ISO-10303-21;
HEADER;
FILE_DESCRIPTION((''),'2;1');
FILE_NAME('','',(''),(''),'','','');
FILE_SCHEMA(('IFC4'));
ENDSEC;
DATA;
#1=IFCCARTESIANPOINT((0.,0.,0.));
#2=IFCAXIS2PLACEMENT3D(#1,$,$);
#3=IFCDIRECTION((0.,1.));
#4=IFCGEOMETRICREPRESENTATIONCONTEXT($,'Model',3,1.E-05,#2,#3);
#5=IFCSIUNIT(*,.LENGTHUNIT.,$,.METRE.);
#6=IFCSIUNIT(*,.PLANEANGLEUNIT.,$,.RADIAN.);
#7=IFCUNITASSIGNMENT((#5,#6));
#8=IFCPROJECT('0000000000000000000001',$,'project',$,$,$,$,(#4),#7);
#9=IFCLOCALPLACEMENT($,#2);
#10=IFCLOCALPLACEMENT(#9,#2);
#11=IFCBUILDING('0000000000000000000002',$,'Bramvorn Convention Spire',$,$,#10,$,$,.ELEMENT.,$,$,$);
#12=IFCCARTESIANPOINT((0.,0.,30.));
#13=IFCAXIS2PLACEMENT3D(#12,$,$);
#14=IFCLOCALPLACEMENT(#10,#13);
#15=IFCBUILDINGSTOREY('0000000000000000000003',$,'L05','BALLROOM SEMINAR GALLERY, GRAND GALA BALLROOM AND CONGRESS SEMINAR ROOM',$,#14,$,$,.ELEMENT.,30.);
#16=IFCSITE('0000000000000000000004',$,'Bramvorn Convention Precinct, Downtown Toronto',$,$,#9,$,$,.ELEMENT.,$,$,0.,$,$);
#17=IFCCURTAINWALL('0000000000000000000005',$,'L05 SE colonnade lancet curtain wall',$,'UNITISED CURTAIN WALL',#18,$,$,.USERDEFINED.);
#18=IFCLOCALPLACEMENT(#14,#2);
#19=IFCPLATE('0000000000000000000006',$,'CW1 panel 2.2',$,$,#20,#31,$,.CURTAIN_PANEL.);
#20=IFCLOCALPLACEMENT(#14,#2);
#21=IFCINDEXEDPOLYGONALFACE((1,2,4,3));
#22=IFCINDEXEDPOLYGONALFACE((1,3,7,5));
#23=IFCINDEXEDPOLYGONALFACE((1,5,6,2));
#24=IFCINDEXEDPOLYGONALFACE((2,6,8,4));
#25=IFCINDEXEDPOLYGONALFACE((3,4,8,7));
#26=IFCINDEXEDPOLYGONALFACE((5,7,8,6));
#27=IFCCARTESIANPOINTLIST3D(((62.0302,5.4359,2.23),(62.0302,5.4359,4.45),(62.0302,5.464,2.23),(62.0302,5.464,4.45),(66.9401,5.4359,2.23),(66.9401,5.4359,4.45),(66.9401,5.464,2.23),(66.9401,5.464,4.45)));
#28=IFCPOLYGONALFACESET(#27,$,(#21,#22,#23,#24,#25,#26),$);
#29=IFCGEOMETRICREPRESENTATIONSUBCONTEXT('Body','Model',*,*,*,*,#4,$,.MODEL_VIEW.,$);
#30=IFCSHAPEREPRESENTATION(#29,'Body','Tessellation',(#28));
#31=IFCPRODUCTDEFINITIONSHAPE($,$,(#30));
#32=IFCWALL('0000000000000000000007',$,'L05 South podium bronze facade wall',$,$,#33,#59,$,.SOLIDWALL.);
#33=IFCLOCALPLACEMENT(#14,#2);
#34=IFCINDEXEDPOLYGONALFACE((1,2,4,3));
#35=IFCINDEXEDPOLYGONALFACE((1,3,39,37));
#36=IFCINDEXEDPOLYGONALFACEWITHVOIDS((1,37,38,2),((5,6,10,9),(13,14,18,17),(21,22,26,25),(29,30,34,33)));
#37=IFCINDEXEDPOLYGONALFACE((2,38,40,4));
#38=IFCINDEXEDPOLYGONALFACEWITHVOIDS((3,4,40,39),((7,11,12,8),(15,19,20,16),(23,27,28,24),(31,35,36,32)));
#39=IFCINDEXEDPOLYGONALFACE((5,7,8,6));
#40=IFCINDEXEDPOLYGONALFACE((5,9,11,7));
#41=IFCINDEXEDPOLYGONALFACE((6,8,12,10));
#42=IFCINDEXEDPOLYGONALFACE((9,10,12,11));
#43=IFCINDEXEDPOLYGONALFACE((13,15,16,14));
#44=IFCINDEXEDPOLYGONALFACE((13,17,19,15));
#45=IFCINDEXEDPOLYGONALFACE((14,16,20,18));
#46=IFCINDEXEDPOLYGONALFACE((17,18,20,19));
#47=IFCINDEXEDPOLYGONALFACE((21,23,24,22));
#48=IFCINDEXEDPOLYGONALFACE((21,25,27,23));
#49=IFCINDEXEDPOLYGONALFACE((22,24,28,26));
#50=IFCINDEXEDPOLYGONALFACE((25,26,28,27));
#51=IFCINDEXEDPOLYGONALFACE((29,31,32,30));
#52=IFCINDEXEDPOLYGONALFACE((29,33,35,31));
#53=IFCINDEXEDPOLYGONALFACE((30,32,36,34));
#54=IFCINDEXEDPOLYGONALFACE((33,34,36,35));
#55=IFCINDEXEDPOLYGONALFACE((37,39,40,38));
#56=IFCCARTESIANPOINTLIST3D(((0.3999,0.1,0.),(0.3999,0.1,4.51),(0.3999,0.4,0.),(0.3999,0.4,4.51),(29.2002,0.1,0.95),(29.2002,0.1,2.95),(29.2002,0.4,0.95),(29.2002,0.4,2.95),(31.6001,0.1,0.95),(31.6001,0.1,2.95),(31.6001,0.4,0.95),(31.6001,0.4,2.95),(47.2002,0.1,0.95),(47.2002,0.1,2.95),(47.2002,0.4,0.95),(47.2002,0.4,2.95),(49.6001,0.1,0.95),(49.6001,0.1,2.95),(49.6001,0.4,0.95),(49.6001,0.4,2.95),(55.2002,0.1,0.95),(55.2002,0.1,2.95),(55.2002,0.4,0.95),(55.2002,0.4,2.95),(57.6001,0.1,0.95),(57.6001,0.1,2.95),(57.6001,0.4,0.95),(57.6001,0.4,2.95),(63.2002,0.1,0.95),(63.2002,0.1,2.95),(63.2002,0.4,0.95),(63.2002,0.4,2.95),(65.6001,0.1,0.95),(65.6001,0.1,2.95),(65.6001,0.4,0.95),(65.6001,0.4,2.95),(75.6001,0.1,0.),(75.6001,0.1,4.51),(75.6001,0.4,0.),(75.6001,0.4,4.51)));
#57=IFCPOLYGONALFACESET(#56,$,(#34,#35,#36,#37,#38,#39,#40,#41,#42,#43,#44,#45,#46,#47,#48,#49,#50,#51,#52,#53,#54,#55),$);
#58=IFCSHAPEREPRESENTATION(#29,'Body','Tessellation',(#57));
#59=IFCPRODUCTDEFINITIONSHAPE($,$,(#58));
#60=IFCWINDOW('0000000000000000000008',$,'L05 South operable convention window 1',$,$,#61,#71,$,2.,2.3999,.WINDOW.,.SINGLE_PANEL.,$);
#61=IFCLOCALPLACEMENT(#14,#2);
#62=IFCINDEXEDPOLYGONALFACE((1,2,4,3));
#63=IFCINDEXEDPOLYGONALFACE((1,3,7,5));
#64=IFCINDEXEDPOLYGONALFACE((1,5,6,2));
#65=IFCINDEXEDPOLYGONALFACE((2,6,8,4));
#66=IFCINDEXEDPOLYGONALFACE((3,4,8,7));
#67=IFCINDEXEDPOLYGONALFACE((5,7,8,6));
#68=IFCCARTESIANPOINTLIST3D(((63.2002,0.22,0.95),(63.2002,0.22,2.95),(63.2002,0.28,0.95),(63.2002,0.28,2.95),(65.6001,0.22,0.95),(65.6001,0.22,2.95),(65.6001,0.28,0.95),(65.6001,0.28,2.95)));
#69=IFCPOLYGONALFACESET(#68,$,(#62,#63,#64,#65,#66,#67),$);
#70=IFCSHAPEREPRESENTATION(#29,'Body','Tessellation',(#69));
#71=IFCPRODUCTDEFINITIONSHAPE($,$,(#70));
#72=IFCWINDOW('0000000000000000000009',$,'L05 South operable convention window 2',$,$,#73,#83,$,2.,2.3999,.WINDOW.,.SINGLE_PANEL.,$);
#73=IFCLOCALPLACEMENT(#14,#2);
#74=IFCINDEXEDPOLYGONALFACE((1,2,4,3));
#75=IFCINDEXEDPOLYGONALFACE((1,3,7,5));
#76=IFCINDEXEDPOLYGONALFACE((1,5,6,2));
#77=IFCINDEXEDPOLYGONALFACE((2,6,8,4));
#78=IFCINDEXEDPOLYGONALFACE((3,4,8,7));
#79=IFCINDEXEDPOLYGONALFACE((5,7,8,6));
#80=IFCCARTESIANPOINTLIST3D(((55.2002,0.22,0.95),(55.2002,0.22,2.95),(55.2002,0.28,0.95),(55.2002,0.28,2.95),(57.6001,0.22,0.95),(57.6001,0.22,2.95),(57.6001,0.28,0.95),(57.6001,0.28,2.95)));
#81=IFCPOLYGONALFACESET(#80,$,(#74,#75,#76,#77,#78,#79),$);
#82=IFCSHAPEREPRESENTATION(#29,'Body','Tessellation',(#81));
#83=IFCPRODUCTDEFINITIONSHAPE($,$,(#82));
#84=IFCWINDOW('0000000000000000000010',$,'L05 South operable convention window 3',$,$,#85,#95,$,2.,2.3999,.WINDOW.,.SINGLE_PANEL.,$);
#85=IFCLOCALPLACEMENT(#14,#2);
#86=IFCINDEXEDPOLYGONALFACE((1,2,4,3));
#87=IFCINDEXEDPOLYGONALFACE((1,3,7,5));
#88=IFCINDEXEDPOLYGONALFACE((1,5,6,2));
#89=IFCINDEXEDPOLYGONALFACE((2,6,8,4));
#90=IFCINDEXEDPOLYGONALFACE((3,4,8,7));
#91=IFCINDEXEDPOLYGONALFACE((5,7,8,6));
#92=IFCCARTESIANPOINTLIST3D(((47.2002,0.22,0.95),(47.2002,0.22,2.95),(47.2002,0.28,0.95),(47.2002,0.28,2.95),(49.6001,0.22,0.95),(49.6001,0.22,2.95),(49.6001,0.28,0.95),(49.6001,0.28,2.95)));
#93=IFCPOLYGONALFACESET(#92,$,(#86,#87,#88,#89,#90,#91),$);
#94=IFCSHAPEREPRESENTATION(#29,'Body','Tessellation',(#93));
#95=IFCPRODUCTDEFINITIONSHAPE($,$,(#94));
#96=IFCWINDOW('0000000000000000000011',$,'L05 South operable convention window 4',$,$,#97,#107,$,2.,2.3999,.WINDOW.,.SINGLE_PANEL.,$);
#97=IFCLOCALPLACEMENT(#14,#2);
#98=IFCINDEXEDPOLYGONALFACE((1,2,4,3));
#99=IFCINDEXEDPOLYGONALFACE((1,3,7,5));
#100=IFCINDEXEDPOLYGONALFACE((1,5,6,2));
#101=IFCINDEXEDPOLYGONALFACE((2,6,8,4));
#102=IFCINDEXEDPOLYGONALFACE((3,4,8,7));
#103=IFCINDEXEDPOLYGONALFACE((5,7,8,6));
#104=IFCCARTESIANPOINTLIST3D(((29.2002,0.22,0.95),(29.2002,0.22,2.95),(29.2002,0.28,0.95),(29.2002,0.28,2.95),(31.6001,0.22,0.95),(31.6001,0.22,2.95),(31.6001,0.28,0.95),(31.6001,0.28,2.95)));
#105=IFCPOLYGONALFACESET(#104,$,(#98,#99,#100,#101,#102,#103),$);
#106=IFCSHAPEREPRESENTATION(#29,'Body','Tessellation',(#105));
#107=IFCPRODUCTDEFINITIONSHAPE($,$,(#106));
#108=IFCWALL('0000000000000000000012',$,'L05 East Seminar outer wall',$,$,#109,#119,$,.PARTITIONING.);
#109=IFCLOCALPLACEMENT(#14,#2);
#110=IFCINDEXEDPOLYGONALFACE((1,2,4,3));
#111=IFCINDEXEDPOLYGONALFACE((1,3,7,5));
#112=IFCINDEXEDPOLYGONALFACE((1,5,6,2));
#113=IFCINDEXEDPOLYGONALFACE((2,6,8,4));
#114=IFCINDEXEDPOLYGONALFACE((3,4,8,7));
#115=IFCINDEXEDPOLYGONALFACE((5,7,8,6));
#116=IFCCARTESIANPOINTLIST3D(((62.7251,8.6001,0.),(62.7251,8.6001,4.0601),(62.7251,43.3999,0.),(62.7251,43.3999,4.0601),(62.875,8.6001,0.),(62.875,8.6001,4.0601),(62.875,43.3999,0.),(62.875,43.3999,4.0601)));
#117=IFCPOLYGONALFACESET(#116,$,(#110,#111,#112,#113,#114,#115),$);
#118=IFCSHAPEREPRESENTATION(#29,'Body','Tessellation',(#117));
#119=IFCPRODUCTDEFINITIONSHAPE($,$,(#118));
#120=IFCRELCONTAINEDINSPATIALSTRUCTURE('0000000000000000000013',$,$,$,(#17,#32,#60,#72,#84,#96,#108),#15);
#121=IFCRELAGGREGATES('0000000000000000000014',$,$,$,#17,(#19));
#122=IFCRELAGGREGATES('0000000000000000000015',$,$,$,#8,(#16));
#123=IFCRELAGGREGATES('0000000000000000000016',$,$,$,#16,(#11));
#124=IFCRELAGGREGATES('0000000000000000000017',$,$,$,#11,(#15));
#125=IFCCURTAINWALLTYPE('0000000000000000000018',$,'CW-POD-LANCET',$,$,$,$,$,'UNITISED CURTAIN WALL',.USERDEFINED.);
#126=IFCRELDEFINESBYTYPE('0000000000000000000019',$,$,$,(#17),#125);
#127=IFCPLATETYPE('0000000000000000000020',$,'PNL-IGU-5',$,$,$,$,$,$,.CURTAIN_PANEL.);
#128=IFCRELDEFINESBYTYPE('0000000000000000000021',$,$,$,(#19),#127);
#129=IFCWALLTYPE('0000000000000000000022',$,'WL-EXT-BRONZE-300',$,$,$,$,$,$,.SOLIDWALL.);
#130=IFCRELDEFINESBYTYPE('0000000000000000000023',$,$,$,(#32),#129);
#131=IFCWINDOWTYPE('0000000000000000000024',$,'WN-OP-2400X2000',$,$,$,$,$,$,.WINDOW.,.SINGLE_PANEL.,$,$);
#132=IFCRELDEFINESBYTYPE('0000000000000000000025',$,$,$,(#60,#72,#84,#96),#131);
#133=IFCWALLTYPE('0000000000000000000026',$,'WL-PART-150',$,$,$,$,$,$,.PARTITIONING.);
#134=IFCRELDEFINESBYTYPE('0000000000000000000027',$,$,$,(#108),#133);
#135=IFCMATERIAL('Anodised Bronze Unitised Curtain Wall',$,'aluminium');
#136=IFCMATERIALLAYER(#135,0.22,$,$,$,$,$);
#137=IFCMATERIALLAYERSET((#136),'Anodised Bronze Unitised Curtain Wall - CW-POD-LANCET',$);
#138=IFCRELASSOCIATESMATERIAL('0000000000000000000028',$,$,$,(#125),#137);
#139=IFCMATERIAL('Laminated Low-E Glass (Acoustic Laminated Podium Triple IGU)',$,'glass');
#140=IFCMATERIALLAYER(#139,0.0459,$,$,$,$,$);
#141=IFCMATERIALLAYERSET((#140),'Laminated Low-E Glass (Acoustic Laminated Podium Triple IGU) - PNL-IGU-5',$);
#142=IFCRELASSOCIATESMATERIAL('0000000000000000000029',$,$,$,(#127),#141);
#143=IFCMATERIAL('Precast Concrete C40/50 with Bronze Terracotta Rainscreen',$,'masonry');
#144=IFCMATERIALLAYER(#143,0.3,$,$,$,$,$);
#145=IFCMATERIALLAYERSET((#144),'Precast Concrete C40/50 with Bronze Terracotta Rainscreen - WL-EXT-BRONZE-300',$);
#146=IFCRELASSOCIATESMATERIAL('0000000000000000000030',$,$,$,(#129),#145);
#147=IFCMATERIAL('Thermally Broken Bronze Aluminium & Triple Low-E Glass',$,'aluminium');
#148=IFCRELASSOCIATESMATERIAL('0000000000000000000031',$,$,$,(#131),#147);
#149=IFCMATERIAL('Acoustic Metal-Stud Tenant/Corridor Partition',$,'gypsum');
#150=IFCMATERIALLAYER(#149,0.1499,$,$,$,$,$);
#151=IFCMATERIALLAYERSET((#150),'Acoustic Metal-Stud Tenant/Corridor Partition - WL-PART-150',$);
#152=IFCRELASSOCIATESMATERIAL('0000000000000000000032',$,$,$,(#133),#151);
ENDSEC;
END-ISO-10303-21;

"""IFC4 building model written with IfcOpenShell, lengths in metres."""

from ifc_helpers import new_model, si_unit, direction, frame, frame_2d, origin, origin_2d, place, context, subcontext, project, spatial, rectangle, extrude, material, layer, layer_set, type_object, element, fill, aggregate, save


model = new_model("IFC4")

# Units and contexts
model_context = context("Model", 3, precision=1e-05, world=origin(), true_north=direction((0.0, 1.0)))
body_context = subcontext(model_context, "Body", "Model", "MODEL_VIEW")
ifc_project = project(units=[si_unit("LENGTHUNIT", "METRE"), si_unit("PLANEANGLEUNIT", "RADIAN")], contexts=[model_context])

# Site, building, storey
site_placement = place(None, origin())
site = spatial("IfcSite", under=ifc_project, at=site_placement, Name="Bramvorn Convention Precinct, Downtown Toronto", CompositionType="ELEMENT", RefElevation=0.0)
building_placement = place(site_placement, origin())
building = spatial("IfcBuilding", under=site, at=building_placement, Name="Bramvorn Convention Spire", CompositionType="ELEMENT")
storey_placement = place(building_placement, frame((0.0, 0.0, 30.0)))
storey = spatial("IfcBuildingStorey", under=building, at=storey_placement, Name="L05", Description="BALLROOM SEMINAR GALLERY, GRAND GALA BALLROOM AND CONGRESS SEMINAR ROOM", CompositionType="ELEMENT", Elevation=30.0)

# Curtain wall, plate
ifc_material_1 = material(Name="Anodised Bronze Unitised Curtain Wall", Category="aluminium")
ifc_layer_1 = layer(ifc_material_1, 0.22)
ifc_layer_set_1 = layer_set([ifc_layer_1], Name="Anodised Bronze Unitised Curtain Wall - CW-POD-LANCET")
curtain_wall_type = type_object("IfcCurtainWallType", Name="CW-POD-LANCET", ElementType="UNITISED CURTAIN WALL", PredefinedType="USERDEFINED", material=ifc_layer_set_1)
curtain_wall_placement = place(storey_placement, origin())
curtain_wall = element("IfcCurtainWall", 1, at=curtain_wall_placement, inside=storey, type_object=curtain_wall_type, Name="L05 SE colonnade lancet curtain wall", ObjectType="UNITISED CURTAIN WALL", PredefinedType="USERDEFINED")
ifc_material_2 = material(Name="Laminated Low-E Glass (Acoustic Laminated Podium Triple IGU)", Category="glass")
ifc_layer_2 = layer(ifc_material_2, 0.0459)
ifc_layer_set_2 = layer_set([ifc_layer_2], Name="Laminated Low-E Glass (Acoustic Laminated Podium Triple IGU) - PNL-IGU-5")
plate_type = type_object("IfcPlateType", Name="PNL-IGU-5", PredefinedType="CURTAIN_PANEL", material=ifc_layer_set_2)
plate_1_placement = place(storey_placement, frame((64.4851, 5.45, 2.23), z_axis=(0.0, 0.0, 1.0), x_axis=(1.0, 0.0, 0.0)))
plate_1 = element("IfcPlate", 2, at=plate_1_placement, type_object=plate_type, Name="CW1 panel 2.2", PredefinedType="CURTAIN_PANEL", context=body_context, shape_type="SweptSolid", body=[
    extrude(rectangle(XDim=4.9099, YDim=0.0281, at=origin_2d()), origin(), (0.0, 0.0, 1.0), 2.22),
])
aggregate(curtain_wall, [plate_1])

# Wall, openings, windows
ifc_material_3 = material(Name="Precast Concrete C40/50 with Bronze Terracotta Rainscreen", Category="masonry")
ifc_layer_3 = layer(ifc_material_3, 0.3)
ifc_layer_set_3 = layer_set([ifc_layer_3], Name="Precast Concrete C40/50 with Bronze Terracotta Rainscreen - WL-EXT-BRONZE-300")
wall_type_1 = type_object("IfcWallType", Name="WL-EXT-BRONZE-300", PredefinedType="SOLIDWALL", material=ifc_layer_set_3)
wall_1_placement = place(storey_placement, frame((75.6001, 0.25, 0.0), z_axis=(0.0, 0.0, 1.0), x_axis=(-1.0, 0.0, 0.0)))
wall_1 = element("IfcWall", 3, at=wall_1_placement, inside=storey, type_object=wall_type_1, Name="L05 South podium bronze facade wall", PredefinedType="SOLIDWALL", context=body_context, shape_type="SweptSolid", body=[
    extrude(rectangle(XDim=75.2002, YDim=0.3, at=frame_2d((37.6001, 0.0))), origin(), (0.0, 0.0, 1.0), 4.51),
])
opening_1_placement = place(wall_1_placement, frame((10.0, 0.0, 0.95)))
opening_1 = element("IfcOpeningElement", 4, at=opening_1_placement, cuts=wall_1, PredefinedType="OPENING", context=body_context, shape_type="SweptSolid", body=[
    extrude(rectangle(XDim=2.3999, YDim=2.0, at=frame_2d((1.2, 1.0))), frame((0.0, 0.1599, 0.0), z_axis=(0.0, -1.0, 0.0), x_axis=(1.0, 0.0, 0.0)), (0.0, 0.0, 1.0), 0.3201),
])
opening_2_placement = place(wall_1_placement, frame((18.0, 0.0, 0.95)))
opening_2 = element("IfcOpeningElement", 5, at=opening_2_placement, cuts=wall_1, PredefinedType="OPENING", context=body_context, shape_type="SweptSolid", body=[
    extrude(rectangle(XDim=2.3999, YDim=2.0, at=frame_2d((1.2, 1.0))), frame((0.0, 0.1599, 0.0), z_axis=(0.0, -1.0, 0.0), x_axis=(1.0, 0.0, 0.0)), (0.0, 0.0, 1.0), 0.3201),
])
opening_3_placement = place(wall_1_placement, frame((26.0, 0.0, 0.95)))
opening_3 = element("IfcOpeningElement", 6, at=opening_3_placement, cuts=wall_1, PredefinedType="OPENING", context=body_context, shape_type="SweptSolid", body=[
    extrude(rectangle(XDim=2.3999, YDim=2.0, at=frame_2d((1.2, 1.0))), frame((0.0, 0.1599, 0.0), z_axis=(0.0, -1.0, 0.0), x_axis=(1.0, 0.0, 0.0)), (0.0, 0.0, 1.0), 0.3201),
])
opening_4_placement = place(wall_1_placement, frame((44.0, 0.0, 0.95)))
opening_4 = element("IfcOpeningElement", 7, at=opening_4_placement, cuts=wall_1, PredefinedType="OPENING", context=body_context, shape_type="SweptSolid", body=[
    extrude(rectangle(XDim=2.3999, YDim=2.0, at=frame_2d((1.2, 1.0))), frame((0.0, 0.1599, 0.0), z_axis=(0.0, -1.0, 0.0), x_axis=(1.0, 0.0, 0.0)), (0.0, 0.0, 1.0), 0.3201),
])
ifc_material_4 = material(Name="Thermally Broken Bronze Aluminium & Triple Low-E Glass", Category="aluminium")
window_type = type_object("IfcWindowType", Name="WN-OP-2400X2000", PartitioningType="SINGLE_PANEL", PredefinedType="WINDOW", material=ifc_material_4)
window_1_placement = place(opening_1_placement, origin())
window_1 = element("IfcWindow", 8, at=window_1_placement, inside=storey, type_object=window_type, Name="L05 South operable convention window 1", OverallHeight=2.0, OverallWidth=2.3999, PartitioningType="SINGLE_PANEL", PredefinedType="WINDOW", context=body_context, shape_type="SweptSolid", body=[
    extrude(rectangle(XDim=2.3999, YDim=2.0, at=frame_2d((1.2, 1.0))), frame((0.0, 0.03, 0.0), z_axis=(0.0, -1.0, 0.0), x_axis=(1.0, 0.0, 0.0)), (0.0, 0.0, 1.0), 0.0601),
])
fill(opening_1, window_1)
window_2_placement = place(opening_2_placement, origin())
window_2 = element("IfcWindow", 9, at=window_2_placement, inside=storey, type_object=window_type, Name="L05 South operable convention window 2", OverallHeight=2.0, OverallWidth=2.3999, PartitioningType="SINGLE_PANEL", PredefinedType="WINDOW", context=body_context, shape_type="SweptSolid", body=[
    extrude(rectangle(XDim=2.3999, YDim=2.0, at=frame_2d((1.2, 1.0))), frame((0.0, 0.03, 0.0), z_axis=(0.0, -1.0, 0.0), x_axis=(1.0, 0.0, 0.0)), (0.0, 0.0, 1.0), 0.0601),
])
fill(opening_2, window_2)
window_3_placement = place(opening_3_placement, origin())
window_3 = element("IfcWindow", 10, at=window_3_placement, inside=storey, type_object=window_type, Name="L05 South operable convention window 3", OverallHeight=2.0, OverallWidth=2.3999, PartitioningType="SINGLE_PANEL", PredefinedType="WINDOW", context=body_context, shape_type="SweptSolid", body=[
    extrude(rectangle(XDim=2.3999, YDim=2.0, at=frame_2d((1.2, 1.0))), frame((0.0, 0.03, 0.0), z_axis=(0.0, -1.0, 0.0), x_axis=(1.0, 0.0, 0.0)), (0.0, 0.0, 1.0), 0.0601),
])
fill(opening_3, window_3)
window_4_placement = place(opening_4_placement, origin())
window_4 = element("IfcWindow", 11, at=window_4_placement, inside=storey, type_object=window_type, Name="L05 South operable convention window 4", OverallHeight=2.0, OverallWidth=2.3999, PartitioningType="SINGLE_PANEL", PredefinedType="WINDOW", context=body_context, shape_type="SweptSolid", body=[
    extrude(rectangle(XDim=2.3999, YDim=2.0, at=frame_2d((1.2, 1.0))), frame((0.0, 0.03, 0.0), z_axis=(0.0, -1.0, 0.0), x_axis=(1.0, 0.0, 0.0)), (0.0, 0.0, 1.0), 0.0601),
])
fill(opening_4, window_4)

# Wall
ifc_material_5 = material(Name="Acoustic Metal-Stud Tenant/Corridor Partition", Category="gypsum")
ifc_layer_4 = layer(ifc_material_5, 0.1499)
ifc_layer_set_4 = layer_set([ifc_layer_4], Name="Acoustic Metal-Stud Tenant/Corridor Partition - WL-PART-150")
wall_type_2 = type_object("IfcWallType", Name="WL-PART-150", PredefinedType="PARTITIONING", material=ifc_layer_set_4)
wall_2_placement = place(storey_placement, frame((62.8, 8.6001, 0.0), z_axis=(0.0, 0.0, 1.0), x_axis=(0.0, 1.0, 0.0)))
element("IfcWall", 12, at=wall_2_placement, inside=storey, type_object=wall_type_2, Name="L05 East Seminar outer wall", PredefinedType="PARTITIONING", context=body_context, shape_type="SweptSolid", body=[
    extrude(rectangle(XDim=34.7998, YDim=0.1499, at=frame_2d((17.3999, 0.0))), origin(), (0.0, 0.0, 1.0), 4.0601),
])

save(model, "model.ifc")
